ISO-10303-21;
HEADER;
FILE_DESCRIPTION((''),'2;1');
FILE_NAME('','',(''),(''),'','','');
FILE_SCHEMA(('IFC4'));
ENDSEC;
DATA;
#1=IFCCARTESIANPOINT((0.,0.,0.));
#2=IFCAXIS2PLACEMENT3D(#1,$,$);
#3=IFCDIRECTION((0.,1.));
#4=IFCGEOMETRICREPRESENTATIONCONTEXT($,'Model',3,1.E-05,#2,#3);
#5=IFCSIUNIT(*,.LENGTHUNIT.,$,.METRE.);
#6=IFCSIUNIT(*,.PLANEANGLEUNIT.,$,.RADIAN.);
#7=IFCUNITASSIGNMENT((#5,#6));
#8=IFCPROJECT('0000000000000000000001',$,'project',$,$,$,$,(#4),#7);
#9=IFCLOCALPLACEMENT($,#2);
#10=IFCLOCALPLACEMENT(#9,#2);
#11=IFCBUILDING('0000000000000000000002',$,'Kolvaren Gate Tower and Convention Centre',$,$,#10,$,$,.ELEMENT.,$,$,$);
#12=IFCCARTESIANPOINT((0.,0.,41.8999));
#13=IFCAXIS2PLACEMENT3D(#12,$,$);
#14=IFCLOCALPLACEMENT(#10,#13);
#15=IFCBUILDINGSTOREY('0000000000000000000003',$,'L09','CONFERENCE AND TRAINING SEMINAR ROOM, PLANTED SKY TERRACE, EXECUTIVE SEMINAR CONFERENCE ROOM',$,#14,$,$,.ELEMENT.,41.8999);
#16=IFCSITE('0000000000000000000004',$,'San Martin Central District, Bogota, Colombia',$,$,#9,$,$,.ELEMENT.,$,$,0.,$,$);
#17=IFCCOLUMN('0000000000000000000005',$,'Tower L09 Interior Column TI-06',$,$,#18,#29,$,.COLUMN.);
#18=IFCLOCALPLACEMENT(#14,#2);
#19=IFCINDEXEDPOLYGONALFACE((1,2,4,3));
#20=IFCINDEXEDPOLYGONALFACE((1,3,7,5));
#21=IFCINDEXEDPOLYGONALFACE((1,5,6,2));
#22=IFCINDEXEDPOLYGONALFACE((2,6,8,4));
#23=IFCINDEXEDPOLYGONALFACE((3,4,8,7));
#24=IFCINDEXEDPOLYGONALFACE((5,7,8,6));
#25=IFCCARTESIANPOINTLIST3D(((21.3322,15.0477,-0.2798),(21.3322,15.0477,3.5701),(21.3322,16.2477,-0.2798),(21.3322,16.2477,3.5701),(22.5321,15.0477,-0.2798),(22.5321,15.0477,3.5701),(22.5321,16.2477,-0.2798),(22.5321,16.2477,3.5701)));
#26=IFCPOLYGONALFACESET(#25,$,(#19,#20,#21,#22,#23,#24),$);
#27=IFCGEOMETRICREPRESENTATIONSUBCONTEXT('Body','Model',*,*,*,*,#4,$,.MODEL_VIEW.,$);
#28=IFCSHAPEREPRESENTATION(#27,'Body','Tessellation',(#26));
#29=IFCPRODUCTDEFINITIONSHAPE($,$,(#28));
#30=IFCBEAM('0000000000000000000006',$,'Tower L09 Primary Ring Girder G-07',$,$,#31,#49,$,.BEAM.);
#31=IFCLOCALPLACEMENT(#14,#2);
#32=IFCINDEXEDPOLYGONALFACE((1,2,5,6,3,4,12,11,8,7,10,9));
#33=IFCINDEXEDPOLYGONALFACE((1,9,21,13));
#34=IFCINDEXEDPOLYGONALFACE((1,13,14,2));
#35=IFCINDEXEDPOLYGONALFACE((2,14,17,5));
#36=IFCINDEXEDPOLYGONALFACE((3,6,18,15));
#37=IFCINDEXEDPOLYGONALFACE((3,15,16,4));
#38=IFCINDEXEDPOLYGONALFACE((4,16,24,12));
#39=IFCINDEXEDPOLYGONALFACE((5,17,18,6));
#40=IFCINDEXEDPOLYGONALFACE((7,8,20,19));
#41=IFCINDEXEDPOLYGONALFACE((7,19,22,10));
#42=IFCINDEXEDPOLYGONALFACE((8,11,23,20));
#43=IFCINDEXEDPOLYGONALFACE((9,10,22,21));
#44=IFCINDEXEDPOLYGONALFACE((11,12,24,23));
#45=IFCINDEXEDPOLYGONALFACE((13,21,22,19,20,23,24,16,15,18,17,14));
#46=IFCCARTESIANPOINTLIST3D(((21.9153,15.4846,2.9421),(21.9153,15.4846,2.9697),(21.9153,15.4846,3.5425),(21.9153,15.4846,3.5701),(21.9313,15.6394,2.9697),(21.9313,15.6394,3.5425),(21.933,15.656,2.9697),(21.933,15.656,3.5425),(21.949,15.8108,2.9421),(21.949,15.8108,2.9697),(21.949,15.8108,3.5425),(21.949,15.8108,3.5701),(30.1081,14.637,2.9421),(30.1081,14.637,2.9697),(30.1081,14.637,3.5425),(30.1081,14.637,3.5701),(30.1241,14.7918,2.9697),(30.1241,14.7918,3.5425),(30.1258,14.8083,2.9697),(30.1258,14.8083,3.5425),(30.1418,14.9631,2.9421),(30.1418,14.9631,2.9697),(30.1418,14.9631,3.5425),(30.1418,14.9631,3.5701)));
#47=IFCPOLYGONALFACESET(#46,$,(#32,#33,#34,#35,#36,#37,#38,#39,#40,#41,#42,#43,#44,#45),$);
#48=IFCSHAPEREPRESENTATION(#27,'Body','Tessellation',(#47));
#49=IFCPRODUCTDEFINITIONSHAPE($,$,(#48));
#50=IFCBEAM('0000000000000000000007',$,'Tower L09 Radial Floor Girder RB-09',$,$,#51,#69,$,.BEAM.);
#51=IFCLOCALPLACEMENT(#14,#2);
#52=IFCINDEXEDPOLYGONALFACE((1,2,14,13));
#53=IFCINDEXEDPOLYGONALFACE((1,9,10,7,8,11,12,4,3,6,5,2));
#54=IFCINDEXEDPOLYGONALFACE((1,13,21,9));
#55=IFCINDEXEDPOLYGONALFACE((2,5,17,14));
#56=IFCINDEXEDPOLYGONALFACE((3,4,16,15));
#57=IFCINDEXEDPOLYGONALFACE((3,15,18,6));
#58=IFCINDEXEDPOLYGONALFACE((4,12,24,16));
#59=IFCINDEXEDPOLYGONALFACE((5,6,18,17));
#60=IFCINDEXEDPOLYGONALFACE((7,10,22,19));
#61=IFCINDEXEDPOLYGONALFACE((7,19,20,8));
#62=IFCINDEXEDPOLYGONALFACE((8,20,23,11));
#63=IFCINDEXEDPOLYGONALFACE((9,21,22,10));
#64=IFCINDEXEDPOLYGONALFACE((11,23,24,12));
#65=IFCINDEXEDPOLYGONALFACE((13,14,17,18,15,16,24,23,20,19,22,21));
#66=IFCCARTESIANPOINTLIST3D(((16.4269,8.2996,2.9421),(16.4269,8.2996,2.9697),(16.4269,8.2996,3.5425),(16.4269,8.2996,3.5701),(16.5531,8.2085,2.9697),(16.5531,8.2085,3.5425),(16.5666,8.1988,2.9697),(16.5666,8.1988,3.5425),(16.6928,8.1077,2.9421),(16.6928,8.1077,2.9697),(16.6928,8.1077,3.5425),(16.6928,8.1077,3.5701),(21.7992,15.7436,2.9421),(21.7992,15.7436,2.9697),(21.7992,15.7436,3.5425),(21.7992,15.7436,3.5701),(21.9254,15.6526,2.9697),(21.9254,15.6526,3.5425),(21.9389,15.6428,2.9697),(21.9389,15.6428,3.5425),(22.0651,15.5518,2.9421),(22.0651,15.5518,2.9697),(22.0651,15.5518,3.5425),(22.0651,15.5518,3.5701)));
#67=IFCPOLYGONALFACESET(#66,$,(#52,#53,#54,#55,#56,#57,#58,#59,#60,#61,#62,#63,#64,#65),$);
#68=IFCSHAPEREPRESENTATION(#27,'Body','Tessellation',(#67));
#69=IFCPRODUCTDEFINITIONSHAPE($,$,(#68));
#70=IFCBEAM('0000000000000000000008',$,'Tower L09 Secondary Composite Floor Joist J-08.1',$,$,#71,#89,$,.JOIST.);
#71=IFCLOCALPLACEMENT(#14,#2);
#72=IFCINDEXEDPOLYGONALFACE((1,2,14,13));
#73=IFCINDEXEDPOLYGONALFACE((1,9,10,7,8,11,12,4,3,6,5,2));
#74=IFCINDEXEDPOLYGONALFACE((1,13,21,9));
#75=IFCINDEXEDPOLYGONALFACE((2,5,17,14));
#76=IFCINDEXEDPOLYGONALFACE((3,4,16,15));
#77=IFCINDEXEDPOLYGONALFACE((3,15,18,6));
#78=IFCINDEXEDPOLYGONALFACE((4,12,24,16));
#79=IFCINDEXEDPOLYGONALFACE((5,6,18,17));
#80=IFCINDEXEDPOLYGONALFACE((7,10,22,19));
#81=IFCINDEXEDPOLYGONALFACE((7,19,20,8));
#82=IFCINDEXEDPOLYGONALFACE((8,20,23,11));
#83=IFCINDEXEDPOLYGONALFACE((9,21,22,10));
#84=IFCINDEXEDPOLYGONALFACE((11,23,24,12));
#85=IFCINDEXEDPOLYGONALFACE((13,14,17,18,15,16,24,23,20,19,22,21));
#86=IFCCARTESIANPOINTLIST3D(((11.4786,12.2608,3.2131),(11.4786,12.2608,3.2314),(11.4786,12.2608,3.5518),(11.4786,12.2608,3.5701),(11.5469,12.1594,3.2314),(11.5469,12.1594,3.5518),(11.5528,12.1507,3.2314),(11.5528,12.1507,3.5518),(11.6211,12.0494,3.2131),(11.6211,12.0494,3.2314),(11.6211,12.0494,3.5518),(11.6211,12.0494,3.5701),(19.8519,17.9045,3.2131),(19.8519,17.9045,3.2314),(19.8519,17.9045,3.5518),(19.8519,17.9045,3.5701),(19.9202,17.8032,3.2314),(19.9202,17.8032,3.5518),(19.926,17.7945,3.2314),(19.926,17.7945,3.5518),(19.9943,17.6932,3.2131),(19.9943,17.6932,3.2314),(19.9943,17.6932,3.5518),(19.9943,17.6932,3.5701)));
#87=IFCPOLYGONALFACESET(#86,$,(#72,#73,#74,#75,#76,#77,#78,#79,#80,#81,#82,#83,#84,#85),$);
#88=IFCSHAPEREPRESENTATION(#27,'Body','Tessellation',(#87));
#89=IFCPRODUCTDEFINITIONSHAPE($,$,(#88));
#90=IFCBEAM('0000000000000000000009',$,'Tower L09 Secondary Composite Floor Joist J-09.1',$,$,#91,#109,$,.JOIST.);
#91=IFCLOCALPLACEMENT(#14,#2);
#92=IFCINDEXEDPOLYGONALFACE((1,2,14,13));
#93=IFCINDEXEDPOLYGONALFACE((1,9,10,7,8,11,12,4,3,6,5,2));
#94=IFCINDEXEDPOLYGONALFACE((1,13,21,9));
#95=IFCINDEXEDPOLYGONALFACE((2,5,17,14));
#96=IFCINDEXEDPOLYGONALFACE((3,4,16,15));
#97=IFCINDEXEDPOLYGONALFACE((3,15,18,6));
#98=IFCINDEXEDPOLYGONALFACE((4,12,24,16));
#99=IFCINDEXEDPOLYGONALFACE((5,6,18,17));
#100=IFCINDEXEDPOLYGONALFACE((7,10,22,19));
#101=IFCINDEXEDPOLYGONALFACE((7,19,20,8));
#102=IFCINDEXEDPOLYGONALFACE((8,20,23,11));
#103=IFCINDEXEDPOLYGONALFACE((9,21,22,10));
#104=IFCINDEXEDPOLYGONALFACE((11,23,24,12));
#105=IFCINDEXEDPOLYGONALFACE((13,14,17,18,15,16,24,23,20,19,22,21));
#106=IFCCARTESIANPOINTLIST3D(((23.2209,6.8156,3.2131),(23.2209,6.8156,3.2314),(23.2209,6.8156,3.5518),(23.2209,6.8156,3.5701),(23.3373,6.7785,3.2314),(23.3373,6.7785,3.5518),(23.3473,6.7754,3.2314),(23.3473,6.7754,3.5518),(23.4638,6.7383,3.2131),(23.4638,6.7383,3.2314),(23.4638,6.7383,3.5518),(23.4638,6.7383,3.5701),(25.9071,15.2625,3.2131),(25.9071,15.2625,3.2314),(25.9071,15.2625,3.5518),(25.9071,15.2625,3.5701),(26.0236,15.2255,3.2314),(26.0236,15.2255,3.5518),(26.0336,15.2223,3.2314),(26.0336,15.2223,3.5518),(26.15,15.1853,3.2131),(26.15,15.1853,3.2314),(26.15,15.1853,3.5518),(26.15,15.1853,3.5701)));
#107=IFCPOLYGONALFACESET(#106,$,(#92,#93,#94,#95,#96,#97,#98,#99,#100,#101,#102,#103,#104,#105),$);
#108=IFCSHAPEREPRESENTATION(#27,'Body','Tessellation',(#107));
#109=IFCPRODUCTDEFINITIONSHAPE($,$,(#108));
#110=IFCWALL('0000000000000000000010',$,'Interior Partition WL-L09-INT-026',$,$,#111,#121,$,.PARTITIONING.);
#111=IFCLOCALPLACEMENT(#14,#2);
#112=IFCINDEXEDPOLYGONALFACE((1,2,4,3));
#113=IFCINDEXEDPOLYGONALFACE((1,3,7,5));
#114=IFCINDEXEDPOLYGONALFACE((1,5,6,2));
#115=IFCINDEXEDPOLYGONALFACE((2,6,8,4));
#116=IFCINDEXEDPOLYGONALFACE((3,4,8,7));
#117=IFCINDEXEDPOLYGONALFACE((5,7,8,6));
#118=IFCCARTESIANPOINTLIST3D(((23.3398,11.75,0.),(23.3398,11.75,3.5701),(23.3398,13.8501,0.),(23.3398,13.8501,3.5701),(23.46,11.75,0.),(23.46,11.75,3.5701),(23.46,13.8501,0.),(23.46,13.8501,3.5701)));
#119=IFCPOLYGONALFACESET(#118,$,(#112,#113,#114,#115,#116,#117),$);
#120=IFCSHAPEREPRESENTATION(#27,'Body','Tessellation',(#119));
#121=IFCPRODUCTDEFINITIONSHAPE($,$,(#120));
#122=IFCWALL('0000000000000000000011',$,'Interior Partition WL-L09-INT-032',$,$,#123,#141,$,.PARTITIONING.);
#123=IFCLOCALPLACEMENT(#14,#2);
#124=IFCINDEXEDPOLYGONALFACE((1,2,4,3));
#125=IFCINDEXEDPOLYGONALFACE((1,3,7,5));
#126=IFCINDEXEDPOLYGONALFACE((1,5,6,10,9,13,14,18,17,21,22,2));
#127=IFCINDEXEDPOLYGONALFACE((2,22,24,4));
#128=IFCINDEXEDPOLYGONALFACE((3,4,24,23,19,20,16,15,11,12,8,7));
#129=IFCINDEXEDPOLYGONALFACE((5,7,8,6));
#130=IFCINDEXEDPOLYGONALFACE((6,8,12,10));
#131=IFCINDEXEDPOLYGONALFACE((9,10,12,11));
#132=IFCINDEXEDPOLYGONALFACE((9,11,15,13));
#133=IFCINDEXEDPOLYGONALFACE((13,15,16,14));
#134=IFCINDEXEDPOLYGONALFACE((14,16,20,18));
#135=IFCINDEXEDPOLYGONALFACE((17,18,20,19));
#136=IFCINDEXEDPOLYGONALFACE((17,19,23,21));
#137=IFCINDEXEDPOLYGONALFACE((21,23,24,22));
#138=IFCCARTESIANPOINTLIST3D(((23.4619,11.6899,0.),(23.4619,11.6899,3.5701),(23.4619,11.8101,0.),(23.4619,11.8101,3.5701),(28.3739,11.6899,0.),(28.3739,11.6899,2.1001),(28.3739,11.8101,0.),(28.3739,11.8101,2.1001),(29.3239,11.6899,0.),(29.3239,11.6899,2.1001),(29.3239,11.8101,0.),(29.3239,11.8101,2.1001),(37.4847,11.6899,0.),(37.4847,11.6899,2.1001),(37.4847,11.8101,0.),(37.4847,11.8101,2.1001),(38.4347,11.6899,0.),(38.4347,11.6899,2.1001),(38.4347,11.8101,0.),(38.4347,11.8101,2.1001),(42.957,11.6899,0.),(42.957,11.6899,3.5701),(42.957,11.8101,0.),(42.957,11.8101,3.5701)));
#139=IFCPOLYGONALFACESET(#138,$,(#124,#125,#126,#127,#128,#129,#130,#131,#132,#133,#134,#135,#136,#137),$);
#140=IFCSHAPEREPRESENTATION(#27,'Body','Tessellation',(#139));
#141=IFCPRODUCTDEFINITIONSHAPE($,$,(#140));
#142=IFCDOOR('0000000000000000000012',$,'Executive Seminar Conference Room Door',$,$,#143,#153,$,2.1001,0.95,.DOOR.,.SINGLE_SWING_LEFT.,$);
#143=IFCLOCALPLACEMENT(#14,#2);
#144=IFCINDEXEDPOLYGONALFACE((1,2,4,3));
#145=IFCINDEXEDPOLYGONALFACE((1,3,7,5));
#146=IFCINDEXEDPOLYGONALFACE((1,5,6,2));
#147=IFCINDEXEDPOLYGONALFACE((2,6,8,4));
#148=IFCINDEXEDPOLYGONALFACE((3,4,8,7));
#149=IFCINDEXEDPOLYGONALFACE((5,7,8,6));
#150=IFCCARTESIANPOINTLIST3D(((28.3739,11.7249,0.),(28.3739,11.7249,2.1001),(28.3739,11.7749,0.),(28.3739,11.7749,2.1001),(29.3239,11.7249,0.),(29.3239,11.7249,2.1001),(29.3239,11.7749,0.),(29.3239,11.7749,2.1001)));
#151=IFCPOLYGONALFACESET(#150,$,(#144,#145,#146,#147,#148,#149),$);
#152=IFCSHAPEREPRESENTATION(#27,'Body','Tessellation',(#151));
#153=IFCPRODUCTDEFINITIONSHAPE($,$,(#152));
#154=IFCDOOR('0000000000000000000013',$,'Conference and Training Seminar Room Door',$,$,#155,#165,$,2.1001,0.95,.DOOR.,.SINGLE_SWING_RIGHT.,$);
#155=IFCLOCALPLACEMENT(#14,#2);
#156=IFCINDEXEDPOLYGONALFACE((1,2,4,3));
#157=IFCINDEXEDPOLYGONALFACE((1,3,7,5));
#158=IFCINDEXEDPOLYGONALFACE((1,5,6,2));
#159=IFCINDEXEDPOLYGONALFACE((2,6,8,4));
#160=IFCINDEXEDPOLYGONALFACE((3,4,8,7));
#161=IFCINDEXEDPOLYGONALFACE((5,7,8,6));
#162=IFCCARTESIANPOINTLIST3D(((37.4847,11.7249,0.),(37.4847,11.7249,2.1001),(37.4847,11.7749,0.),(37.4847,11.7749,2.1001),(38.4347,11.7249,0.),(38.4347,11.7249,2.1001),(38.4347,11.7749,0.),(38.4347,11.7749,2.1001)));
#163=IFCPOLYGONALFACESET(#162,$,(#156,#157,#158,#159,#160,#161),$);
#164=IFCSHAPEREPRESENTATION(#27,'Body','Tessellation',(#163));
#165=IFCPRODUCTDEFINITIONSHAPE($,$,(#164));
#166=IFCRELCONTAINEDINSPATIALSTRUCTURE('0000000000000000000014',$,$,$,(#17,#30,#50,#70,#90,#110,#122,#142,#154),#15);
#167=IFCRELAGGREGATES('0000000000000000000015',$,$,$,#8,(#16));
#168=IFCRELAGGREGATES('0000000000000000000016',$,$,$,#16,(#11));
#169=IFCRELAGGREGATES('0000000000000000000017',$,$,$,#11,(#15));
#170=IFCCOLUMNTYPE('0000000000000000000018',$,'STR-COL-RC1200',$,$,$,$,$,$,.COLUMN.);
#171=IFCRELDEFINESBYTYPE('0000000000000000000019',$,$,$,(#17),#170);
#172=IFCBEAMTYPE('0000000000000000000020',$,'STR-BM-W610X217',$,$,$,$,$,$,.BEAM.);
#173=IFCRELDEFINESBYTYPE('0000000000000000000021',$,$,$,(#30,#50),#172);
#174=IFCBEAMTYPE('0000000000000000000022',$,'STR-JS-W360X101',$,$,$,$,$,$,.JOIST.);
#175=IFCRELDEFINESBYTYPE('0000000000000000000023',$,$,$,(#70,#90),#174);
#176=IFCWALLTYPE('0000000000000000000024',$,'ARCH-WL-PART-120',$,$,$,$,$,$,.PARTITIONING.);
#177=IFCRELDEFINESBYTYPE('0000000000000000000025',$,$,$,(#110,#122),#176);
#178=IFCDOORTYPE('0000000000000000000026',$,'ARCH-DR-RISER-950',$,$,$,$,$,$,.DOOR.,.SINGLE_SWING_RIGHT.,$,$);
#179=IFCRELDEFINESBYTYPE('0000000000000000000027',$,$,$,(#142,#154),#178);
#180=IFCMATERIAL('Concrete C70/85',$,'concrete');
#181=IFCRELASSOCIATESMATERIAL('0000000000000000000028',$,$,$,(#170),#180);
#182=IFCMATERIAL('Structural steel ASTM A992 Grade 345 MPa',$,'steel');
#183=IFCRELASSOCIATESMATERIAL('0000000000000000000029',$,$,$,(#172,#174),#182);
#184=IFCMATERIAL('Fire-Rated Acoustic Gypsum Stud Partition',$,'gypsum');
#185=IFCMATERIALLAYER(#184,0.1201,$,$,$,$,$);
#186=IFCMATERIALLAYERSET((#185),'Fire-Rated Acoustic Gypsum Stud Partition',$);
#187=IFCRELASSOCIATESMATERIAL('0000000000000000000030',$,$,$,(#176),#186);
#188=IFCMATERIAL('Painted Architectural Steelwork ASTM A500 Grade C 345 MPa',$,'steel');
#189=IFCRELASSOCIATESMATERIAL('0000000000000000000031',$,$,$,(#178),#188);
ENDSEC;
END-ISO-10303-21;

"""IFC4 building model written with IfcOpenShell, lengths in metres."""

from ifc_helpers import new_model, si_unit, direction, frame, frame_2d, origin, origin_2d, place, context, subcontext, project, spatial, rectangle, i_section, extrude, material, layer, layer_set, material_profile, profile_set, type_object, element, fill, save


model = new_model("IFC4")

# Units and contexts
model_context = context("Model", 3, precision=1e-05, world=origin(), true_north=direction((0.0, 1.0)))
body_context = subcontext(model_context, "Body", "Model", "MODEL_VIEW")
ifc_project = project(units=[si_unit("LENGTHUNIT", "METRE"), si_unit("PLANEANGLEUNIT", "RADIAN")], contexts=[model_context])

# Site, building, storey
site_placement = place(None, origin())
site = spatial("IfcSite", under=ifc_project, at=site_placement, Name="San Martin Central District, Bogota, Colombia", CompositionType="ELEMENT", RefElevation=0.0)
building_placement = place(site_placement, origin())
building = spatial("IfcBuilding", under=site, at=building_placement, Name="Kolvaren Gate Tower and Convention Centre", CompositionType="ELEMENT")
storey_placement = place(building_placement, frame((0.0, 0.0, 41.8999)))
storey = spatial("IfcBuildingStorey", under=building, at=storey_placement, Name="L09", Description="CONFERENCE AND TRAINING SEMINAR ROOM, PLANTED SKY TERRACE, EXECUTIVE SEMINAR CONFERENCE ROOM", CompositionType="ELEMENT", Elevation=41.8999)

# Column
ifc_material_1 = material(Name="Concrete C70/85", Category="concrete")
ifc_material_profile_1 = material_profile(ifc_material_1, rectangle(XDim=1.2, YDim=1.2, at=origin_2d()), Name="RC-COL-1200X1200")
ifc_profile_set_1 = profile_set([ifc_material_profile_1], Name="Concrete C70/85")
column_type = type_object("IfcColumnType", Name="STR-COL-RC1200", PredefinedType="COLUMN", material=ifc_profile_set_1)
column_placement = place(storey_placement, frame((21.9321, 15.6477, -0.2798), z_axis=(0.0, 0.0, 1.0), x_axis=(1.0, 0.0, 0.0)))
element("IfcColumn", 1, at=column_placement, inside=storey, type_object=column_type, Name="Tower L09 Interior Column TI-06", PredefinedType="COLUMN", context=body_context, shape_type="SweptSolid", body=[
    extrude(rectangle(XDim=1.2, YDim=1.2, at=origin_2d()), origin(), (0.0, 0.0, 1.0), 3.8499),
])

# Beams
ifc_material_2 = material(Name="Structural steel ASTM A992 Grade 345 MPa", Category="steel")
ifc_material_profile_2 = material_profile(ifc_material_2, i_section(OverallWidth=0.3279, OverallDepth=0.6279, WebThickness=0.0166, FlangeThickness=0.0276, at=origin_2d()), Name="W610X217")
ifc_profile_set_2 = profile_set([ifc_material_profile_2], Name="Structural steel ASTM A992 Grade 345 MPa")
beam_type_1 = type_object("IfcBeamType", Name="STR-BM-W610X217", PredefinedType="BEAM", material=ifc_profile_set_2)
beam_1_placement = place(storey_placement, frame((21.9321, 15.6477, 3.2561), z_axis=(0.99469, -0.102913, 0.0), x_axis=(0.102913, 0.99469, 0.0)))
element("IfcBeam", 2, at=beam_1_placement, inside=storey, type_object=beam_type_1, Name="Tower L09 Primary Ring Girder G-07", PredefinedType="BEAM", context=body_context, shape_type="SweptSolid", body=[
    extrude(i_section(OverallWidth=0.3279, OverallDepth=0.6279, WebThickness=0.0166, FlangeThickness=0.0276, at=origin_2d()), origin(), (0.0, 0.0, 1.0), 8.2366),
])
beam_2_placement = place(storey_placement, frame((21.9321, 15.6477, 3.2561), z_axis=(-0.585206, -0.810885, 0.0), x_axis=(0.810885, -0.585206, 0.0)))
element("IfcBeam", 3, at=beam_2_placement, inside=storey, type_object=beam_type_1, Name="Tower L09 Radial Floor Girder RB-09", PredefinedType="BEAM", context=body_context, shape_type="SweptSolid", body=[
    extrude(i_section(OverallWidth=0.3279, OverallDepth=0.6279, WebThickness=0.0166, FlangeThickness=0.0276, at=origin_2d()), origin(), (0.0, 0.0, 1.0), 9.1802),
])
ifc_material_profile_3 = material_profile(ifc_material_2, i_section(OverallWidth=0.2549, OverallDepth=0.3569, WebThickness=0.0105, FlangeThickness=0.0183, at=origin_2d()), Name="W360X101")
ifc_profile_set_3 = profile_set([ifc_material_profile_3], Name="Structural steel ASTM A992 Grade 345 MPa")
beam_type_2 = type_object("IfcBeamType", Name="STR-JS-W360X101", PredefinedType="JOIST", material=ifc_profile_set_3)
beam_3_placement = place(storey_placement, frame((19.9231, 17.7988, 3.3916), z_axis=(-0.829224, -0.558917, 0.0), x_axis=(0.558917, -0.829224, 0.0)))
element("IfcBeam", 4, at=beam_3_placement, inside=storey, type_object=beam_type_2, Name="Tower L09 Secondary Composite Floor Joist J-08.1", PredefinedType="JOIST", context=body_context, shape_type="SweptSolid", body=[
    extrude(i_section(OverallWidth=0.2549, OverallDepth=0.3569, WebThickness=0.0105, FlangeThickness=0.0183, at=origin_2d()), origin(), (0.0, 0.0, 1.0), 10.0977),
])
beam_4_placement = place(storey_placement, frame((26.0286, 15.2239, 3.3916), z_axis=(-0.303059, -0.952972, 0.0), x_axis=(0.952972, -0.303059, 0.0)))
element("IfcBeam", 5, at=beam_4_placement, inside=storey, type_object=beam_type_2, Name="Tower L09 Secondary Composite Floor Joist J-09.1", PredefinedType="JOIST", context=body_context, shape_type="SweptSolid", body=[
    extrude(i_section(OverallWidth=0.2549, OverallDepth=0.3569, WebThickness=0.0105, FlangeThickness=0.0183, at=origin_2d()), origin(), (0.0, 0.0, 1.0), 8.8638),
])

# Wall
ifc_material_3 = material(Name="Fire-Rated Acoustic Gypsum Stud Partition", Category="gypsum")
ifc_layer_1 = layer(ifc_material_3, 0.1201)
ifc_layer_set_1 = layer_set([ifc_layer_1], Name="Fire-Rated Acoustic Gypsum Stud Partition")
wall_type_1 = type_object("IfcWallType", Name="ARCH-WL-PART-120", PredefinedType="PARTITIONING", material=ifc_layer_set_1)
wall_1_placement = place(storey_placement, frame((23.3999, 11.75, 0.0), z_axis=(0.0, 0.0, 1.0), x_axis=(0.0, 1.0, 0.0)))
element("IfcWall", 6, at=wall_1_placement, inside=storey, type_object=wall_type_1, Name="Interior Partition WL-L09-INT-026", PredefinedType="PARTITIONING", context=body_context, shape_type="SweptSolid", body=[
    extrude(rectangle(XDim=2.1001, YDim=0.1201, at=frame_2d((1.05, 0.0))), origin(), (0.0, 0.0, 1.0), 3.5701),
])

# Wall, openings, doors
wall_2_placement = place(storey_placement, frame((23.4619, 11.75, 0.0), z_axis=(0.0, 0.0, 1.0), x_axis=(1.0, 0.0, 0.0)))
wall_2 = element("IfcWall", 7, at=wall_2_placement, inside=storey, type_object=wall_type_1, Name="Interior Partition WL-L09-INT-032", PredefinedType="PARTITIONING", context=body_context, shape_type="SweptSolid", body=[
    extrude(rectangle(XDim=19.4951, YDim=0.1201, at=frame_2d((9.7476, 0.0))), origin(), (0.0, 0.0, 1.0), 3.5701),
])
opening_1_placement = place(wall_2_placement, frame((4.9119, 0.0, 0.0)))
opening_1 = element("IfcOpeningElement", 8, at=opening_1_placement, cuts=wall_2, PredefinedType="OPENING", context=body_context, shape_type="SweptSolid", body=[
    extrude(rectangle(XDim=0.95, YDim=2.1001, at=frame_2d((0.4751, 1.05))), frame((0.0, 0.0701, 0.0), z_axis=(0.0, -1.0, 0.0), x_axis=(1.0, 0.0, 0.0)), (0.0, 0.0, 1.0), 0.1401),
])
opening_2_placement = place(wall_2_placement, frame((14.0227, 0.0, 0.0)))
opening_2 = element("IfcOpeningElement", 9, at=opening_2_placement, cuts=wall_2, PredefinedType="OPENING", context=body_context, shape_type="SweptSolid", body=[
    extrude(rectangle(XDim=0.95, YDim=2.1001, at=frame_2d((0.4751, 1.05))), frame((0.0, 0.0701, 0.0), z_axis=(0.0, -1.0, 0.0), x_axis=(1.0, 0.0, 0.0)), (0.0, 0.0, 1.0), 0.1401),
])
ifc_material_4 = material(Name="Painted Architectural Steelwork ASTM A500 Grade C 345 MPa", Category="steel")
door_type_1 = type_object("IfcDoorType", Name="ARCH-DR-RISER-950", OperationType="SINGLE_SWING_RIGHT", PredefinedType="DOOR", material=ifc_material_4)
door_1_placement = place(opening_1_placement, origin())
door_1 = element("IfcDoor", 10, at=door_1_placement, inside=storey, type_object=door_type_1, Name="Executive Seminar Conference Room Door", OperationType="SINGLE_SWING_LEFT", OverallHeight=2.1001, OverallWidth=0.95, PredefinedType="DOOR", context=body_context, shape_type="SweptSolid", body=[
    extrude(rectangle(XDim=0.95, YDim=2.1001, at=frame_2d((0.4751, 1.05))), frame((0.0, 0.0249, 0.0), z_axis=(0.0, -1.0, 0.0), x_axis=(1.0, 0.0, 0.0)), (0.0, 0.0, 1.0), 0.05),
])
fill(opening_1, door_1)
door_2_placement = place(opening_2_placement, origin())
door_2 = element("IfcDoor", 11, at=door_2_placement, inside=storey, type_object=door_type_1, Name="Conference and Training Seminar Room Door", OperationType="SINGLE_SWING_RIGHT", OverallHeight=2.1001, OverallWidth=0.95, PredefinedType="DOOR", context=body_context, shape_type="SweptSolid", body=[
    extrude(rectangle(XDim=0.95, YDim=2.1001, at=frame_2d((0.4751, 1.05))), frame((0.0, 0.0249, 0.0), z_axis=(0.0, -1.0, 0.0), x_axis=(1.0, 0.0, 0.0)), (0.0, 0.0, 1.0), 0.05),
])
fill(opening_2, door_2)

save(model, "model.ifc")
